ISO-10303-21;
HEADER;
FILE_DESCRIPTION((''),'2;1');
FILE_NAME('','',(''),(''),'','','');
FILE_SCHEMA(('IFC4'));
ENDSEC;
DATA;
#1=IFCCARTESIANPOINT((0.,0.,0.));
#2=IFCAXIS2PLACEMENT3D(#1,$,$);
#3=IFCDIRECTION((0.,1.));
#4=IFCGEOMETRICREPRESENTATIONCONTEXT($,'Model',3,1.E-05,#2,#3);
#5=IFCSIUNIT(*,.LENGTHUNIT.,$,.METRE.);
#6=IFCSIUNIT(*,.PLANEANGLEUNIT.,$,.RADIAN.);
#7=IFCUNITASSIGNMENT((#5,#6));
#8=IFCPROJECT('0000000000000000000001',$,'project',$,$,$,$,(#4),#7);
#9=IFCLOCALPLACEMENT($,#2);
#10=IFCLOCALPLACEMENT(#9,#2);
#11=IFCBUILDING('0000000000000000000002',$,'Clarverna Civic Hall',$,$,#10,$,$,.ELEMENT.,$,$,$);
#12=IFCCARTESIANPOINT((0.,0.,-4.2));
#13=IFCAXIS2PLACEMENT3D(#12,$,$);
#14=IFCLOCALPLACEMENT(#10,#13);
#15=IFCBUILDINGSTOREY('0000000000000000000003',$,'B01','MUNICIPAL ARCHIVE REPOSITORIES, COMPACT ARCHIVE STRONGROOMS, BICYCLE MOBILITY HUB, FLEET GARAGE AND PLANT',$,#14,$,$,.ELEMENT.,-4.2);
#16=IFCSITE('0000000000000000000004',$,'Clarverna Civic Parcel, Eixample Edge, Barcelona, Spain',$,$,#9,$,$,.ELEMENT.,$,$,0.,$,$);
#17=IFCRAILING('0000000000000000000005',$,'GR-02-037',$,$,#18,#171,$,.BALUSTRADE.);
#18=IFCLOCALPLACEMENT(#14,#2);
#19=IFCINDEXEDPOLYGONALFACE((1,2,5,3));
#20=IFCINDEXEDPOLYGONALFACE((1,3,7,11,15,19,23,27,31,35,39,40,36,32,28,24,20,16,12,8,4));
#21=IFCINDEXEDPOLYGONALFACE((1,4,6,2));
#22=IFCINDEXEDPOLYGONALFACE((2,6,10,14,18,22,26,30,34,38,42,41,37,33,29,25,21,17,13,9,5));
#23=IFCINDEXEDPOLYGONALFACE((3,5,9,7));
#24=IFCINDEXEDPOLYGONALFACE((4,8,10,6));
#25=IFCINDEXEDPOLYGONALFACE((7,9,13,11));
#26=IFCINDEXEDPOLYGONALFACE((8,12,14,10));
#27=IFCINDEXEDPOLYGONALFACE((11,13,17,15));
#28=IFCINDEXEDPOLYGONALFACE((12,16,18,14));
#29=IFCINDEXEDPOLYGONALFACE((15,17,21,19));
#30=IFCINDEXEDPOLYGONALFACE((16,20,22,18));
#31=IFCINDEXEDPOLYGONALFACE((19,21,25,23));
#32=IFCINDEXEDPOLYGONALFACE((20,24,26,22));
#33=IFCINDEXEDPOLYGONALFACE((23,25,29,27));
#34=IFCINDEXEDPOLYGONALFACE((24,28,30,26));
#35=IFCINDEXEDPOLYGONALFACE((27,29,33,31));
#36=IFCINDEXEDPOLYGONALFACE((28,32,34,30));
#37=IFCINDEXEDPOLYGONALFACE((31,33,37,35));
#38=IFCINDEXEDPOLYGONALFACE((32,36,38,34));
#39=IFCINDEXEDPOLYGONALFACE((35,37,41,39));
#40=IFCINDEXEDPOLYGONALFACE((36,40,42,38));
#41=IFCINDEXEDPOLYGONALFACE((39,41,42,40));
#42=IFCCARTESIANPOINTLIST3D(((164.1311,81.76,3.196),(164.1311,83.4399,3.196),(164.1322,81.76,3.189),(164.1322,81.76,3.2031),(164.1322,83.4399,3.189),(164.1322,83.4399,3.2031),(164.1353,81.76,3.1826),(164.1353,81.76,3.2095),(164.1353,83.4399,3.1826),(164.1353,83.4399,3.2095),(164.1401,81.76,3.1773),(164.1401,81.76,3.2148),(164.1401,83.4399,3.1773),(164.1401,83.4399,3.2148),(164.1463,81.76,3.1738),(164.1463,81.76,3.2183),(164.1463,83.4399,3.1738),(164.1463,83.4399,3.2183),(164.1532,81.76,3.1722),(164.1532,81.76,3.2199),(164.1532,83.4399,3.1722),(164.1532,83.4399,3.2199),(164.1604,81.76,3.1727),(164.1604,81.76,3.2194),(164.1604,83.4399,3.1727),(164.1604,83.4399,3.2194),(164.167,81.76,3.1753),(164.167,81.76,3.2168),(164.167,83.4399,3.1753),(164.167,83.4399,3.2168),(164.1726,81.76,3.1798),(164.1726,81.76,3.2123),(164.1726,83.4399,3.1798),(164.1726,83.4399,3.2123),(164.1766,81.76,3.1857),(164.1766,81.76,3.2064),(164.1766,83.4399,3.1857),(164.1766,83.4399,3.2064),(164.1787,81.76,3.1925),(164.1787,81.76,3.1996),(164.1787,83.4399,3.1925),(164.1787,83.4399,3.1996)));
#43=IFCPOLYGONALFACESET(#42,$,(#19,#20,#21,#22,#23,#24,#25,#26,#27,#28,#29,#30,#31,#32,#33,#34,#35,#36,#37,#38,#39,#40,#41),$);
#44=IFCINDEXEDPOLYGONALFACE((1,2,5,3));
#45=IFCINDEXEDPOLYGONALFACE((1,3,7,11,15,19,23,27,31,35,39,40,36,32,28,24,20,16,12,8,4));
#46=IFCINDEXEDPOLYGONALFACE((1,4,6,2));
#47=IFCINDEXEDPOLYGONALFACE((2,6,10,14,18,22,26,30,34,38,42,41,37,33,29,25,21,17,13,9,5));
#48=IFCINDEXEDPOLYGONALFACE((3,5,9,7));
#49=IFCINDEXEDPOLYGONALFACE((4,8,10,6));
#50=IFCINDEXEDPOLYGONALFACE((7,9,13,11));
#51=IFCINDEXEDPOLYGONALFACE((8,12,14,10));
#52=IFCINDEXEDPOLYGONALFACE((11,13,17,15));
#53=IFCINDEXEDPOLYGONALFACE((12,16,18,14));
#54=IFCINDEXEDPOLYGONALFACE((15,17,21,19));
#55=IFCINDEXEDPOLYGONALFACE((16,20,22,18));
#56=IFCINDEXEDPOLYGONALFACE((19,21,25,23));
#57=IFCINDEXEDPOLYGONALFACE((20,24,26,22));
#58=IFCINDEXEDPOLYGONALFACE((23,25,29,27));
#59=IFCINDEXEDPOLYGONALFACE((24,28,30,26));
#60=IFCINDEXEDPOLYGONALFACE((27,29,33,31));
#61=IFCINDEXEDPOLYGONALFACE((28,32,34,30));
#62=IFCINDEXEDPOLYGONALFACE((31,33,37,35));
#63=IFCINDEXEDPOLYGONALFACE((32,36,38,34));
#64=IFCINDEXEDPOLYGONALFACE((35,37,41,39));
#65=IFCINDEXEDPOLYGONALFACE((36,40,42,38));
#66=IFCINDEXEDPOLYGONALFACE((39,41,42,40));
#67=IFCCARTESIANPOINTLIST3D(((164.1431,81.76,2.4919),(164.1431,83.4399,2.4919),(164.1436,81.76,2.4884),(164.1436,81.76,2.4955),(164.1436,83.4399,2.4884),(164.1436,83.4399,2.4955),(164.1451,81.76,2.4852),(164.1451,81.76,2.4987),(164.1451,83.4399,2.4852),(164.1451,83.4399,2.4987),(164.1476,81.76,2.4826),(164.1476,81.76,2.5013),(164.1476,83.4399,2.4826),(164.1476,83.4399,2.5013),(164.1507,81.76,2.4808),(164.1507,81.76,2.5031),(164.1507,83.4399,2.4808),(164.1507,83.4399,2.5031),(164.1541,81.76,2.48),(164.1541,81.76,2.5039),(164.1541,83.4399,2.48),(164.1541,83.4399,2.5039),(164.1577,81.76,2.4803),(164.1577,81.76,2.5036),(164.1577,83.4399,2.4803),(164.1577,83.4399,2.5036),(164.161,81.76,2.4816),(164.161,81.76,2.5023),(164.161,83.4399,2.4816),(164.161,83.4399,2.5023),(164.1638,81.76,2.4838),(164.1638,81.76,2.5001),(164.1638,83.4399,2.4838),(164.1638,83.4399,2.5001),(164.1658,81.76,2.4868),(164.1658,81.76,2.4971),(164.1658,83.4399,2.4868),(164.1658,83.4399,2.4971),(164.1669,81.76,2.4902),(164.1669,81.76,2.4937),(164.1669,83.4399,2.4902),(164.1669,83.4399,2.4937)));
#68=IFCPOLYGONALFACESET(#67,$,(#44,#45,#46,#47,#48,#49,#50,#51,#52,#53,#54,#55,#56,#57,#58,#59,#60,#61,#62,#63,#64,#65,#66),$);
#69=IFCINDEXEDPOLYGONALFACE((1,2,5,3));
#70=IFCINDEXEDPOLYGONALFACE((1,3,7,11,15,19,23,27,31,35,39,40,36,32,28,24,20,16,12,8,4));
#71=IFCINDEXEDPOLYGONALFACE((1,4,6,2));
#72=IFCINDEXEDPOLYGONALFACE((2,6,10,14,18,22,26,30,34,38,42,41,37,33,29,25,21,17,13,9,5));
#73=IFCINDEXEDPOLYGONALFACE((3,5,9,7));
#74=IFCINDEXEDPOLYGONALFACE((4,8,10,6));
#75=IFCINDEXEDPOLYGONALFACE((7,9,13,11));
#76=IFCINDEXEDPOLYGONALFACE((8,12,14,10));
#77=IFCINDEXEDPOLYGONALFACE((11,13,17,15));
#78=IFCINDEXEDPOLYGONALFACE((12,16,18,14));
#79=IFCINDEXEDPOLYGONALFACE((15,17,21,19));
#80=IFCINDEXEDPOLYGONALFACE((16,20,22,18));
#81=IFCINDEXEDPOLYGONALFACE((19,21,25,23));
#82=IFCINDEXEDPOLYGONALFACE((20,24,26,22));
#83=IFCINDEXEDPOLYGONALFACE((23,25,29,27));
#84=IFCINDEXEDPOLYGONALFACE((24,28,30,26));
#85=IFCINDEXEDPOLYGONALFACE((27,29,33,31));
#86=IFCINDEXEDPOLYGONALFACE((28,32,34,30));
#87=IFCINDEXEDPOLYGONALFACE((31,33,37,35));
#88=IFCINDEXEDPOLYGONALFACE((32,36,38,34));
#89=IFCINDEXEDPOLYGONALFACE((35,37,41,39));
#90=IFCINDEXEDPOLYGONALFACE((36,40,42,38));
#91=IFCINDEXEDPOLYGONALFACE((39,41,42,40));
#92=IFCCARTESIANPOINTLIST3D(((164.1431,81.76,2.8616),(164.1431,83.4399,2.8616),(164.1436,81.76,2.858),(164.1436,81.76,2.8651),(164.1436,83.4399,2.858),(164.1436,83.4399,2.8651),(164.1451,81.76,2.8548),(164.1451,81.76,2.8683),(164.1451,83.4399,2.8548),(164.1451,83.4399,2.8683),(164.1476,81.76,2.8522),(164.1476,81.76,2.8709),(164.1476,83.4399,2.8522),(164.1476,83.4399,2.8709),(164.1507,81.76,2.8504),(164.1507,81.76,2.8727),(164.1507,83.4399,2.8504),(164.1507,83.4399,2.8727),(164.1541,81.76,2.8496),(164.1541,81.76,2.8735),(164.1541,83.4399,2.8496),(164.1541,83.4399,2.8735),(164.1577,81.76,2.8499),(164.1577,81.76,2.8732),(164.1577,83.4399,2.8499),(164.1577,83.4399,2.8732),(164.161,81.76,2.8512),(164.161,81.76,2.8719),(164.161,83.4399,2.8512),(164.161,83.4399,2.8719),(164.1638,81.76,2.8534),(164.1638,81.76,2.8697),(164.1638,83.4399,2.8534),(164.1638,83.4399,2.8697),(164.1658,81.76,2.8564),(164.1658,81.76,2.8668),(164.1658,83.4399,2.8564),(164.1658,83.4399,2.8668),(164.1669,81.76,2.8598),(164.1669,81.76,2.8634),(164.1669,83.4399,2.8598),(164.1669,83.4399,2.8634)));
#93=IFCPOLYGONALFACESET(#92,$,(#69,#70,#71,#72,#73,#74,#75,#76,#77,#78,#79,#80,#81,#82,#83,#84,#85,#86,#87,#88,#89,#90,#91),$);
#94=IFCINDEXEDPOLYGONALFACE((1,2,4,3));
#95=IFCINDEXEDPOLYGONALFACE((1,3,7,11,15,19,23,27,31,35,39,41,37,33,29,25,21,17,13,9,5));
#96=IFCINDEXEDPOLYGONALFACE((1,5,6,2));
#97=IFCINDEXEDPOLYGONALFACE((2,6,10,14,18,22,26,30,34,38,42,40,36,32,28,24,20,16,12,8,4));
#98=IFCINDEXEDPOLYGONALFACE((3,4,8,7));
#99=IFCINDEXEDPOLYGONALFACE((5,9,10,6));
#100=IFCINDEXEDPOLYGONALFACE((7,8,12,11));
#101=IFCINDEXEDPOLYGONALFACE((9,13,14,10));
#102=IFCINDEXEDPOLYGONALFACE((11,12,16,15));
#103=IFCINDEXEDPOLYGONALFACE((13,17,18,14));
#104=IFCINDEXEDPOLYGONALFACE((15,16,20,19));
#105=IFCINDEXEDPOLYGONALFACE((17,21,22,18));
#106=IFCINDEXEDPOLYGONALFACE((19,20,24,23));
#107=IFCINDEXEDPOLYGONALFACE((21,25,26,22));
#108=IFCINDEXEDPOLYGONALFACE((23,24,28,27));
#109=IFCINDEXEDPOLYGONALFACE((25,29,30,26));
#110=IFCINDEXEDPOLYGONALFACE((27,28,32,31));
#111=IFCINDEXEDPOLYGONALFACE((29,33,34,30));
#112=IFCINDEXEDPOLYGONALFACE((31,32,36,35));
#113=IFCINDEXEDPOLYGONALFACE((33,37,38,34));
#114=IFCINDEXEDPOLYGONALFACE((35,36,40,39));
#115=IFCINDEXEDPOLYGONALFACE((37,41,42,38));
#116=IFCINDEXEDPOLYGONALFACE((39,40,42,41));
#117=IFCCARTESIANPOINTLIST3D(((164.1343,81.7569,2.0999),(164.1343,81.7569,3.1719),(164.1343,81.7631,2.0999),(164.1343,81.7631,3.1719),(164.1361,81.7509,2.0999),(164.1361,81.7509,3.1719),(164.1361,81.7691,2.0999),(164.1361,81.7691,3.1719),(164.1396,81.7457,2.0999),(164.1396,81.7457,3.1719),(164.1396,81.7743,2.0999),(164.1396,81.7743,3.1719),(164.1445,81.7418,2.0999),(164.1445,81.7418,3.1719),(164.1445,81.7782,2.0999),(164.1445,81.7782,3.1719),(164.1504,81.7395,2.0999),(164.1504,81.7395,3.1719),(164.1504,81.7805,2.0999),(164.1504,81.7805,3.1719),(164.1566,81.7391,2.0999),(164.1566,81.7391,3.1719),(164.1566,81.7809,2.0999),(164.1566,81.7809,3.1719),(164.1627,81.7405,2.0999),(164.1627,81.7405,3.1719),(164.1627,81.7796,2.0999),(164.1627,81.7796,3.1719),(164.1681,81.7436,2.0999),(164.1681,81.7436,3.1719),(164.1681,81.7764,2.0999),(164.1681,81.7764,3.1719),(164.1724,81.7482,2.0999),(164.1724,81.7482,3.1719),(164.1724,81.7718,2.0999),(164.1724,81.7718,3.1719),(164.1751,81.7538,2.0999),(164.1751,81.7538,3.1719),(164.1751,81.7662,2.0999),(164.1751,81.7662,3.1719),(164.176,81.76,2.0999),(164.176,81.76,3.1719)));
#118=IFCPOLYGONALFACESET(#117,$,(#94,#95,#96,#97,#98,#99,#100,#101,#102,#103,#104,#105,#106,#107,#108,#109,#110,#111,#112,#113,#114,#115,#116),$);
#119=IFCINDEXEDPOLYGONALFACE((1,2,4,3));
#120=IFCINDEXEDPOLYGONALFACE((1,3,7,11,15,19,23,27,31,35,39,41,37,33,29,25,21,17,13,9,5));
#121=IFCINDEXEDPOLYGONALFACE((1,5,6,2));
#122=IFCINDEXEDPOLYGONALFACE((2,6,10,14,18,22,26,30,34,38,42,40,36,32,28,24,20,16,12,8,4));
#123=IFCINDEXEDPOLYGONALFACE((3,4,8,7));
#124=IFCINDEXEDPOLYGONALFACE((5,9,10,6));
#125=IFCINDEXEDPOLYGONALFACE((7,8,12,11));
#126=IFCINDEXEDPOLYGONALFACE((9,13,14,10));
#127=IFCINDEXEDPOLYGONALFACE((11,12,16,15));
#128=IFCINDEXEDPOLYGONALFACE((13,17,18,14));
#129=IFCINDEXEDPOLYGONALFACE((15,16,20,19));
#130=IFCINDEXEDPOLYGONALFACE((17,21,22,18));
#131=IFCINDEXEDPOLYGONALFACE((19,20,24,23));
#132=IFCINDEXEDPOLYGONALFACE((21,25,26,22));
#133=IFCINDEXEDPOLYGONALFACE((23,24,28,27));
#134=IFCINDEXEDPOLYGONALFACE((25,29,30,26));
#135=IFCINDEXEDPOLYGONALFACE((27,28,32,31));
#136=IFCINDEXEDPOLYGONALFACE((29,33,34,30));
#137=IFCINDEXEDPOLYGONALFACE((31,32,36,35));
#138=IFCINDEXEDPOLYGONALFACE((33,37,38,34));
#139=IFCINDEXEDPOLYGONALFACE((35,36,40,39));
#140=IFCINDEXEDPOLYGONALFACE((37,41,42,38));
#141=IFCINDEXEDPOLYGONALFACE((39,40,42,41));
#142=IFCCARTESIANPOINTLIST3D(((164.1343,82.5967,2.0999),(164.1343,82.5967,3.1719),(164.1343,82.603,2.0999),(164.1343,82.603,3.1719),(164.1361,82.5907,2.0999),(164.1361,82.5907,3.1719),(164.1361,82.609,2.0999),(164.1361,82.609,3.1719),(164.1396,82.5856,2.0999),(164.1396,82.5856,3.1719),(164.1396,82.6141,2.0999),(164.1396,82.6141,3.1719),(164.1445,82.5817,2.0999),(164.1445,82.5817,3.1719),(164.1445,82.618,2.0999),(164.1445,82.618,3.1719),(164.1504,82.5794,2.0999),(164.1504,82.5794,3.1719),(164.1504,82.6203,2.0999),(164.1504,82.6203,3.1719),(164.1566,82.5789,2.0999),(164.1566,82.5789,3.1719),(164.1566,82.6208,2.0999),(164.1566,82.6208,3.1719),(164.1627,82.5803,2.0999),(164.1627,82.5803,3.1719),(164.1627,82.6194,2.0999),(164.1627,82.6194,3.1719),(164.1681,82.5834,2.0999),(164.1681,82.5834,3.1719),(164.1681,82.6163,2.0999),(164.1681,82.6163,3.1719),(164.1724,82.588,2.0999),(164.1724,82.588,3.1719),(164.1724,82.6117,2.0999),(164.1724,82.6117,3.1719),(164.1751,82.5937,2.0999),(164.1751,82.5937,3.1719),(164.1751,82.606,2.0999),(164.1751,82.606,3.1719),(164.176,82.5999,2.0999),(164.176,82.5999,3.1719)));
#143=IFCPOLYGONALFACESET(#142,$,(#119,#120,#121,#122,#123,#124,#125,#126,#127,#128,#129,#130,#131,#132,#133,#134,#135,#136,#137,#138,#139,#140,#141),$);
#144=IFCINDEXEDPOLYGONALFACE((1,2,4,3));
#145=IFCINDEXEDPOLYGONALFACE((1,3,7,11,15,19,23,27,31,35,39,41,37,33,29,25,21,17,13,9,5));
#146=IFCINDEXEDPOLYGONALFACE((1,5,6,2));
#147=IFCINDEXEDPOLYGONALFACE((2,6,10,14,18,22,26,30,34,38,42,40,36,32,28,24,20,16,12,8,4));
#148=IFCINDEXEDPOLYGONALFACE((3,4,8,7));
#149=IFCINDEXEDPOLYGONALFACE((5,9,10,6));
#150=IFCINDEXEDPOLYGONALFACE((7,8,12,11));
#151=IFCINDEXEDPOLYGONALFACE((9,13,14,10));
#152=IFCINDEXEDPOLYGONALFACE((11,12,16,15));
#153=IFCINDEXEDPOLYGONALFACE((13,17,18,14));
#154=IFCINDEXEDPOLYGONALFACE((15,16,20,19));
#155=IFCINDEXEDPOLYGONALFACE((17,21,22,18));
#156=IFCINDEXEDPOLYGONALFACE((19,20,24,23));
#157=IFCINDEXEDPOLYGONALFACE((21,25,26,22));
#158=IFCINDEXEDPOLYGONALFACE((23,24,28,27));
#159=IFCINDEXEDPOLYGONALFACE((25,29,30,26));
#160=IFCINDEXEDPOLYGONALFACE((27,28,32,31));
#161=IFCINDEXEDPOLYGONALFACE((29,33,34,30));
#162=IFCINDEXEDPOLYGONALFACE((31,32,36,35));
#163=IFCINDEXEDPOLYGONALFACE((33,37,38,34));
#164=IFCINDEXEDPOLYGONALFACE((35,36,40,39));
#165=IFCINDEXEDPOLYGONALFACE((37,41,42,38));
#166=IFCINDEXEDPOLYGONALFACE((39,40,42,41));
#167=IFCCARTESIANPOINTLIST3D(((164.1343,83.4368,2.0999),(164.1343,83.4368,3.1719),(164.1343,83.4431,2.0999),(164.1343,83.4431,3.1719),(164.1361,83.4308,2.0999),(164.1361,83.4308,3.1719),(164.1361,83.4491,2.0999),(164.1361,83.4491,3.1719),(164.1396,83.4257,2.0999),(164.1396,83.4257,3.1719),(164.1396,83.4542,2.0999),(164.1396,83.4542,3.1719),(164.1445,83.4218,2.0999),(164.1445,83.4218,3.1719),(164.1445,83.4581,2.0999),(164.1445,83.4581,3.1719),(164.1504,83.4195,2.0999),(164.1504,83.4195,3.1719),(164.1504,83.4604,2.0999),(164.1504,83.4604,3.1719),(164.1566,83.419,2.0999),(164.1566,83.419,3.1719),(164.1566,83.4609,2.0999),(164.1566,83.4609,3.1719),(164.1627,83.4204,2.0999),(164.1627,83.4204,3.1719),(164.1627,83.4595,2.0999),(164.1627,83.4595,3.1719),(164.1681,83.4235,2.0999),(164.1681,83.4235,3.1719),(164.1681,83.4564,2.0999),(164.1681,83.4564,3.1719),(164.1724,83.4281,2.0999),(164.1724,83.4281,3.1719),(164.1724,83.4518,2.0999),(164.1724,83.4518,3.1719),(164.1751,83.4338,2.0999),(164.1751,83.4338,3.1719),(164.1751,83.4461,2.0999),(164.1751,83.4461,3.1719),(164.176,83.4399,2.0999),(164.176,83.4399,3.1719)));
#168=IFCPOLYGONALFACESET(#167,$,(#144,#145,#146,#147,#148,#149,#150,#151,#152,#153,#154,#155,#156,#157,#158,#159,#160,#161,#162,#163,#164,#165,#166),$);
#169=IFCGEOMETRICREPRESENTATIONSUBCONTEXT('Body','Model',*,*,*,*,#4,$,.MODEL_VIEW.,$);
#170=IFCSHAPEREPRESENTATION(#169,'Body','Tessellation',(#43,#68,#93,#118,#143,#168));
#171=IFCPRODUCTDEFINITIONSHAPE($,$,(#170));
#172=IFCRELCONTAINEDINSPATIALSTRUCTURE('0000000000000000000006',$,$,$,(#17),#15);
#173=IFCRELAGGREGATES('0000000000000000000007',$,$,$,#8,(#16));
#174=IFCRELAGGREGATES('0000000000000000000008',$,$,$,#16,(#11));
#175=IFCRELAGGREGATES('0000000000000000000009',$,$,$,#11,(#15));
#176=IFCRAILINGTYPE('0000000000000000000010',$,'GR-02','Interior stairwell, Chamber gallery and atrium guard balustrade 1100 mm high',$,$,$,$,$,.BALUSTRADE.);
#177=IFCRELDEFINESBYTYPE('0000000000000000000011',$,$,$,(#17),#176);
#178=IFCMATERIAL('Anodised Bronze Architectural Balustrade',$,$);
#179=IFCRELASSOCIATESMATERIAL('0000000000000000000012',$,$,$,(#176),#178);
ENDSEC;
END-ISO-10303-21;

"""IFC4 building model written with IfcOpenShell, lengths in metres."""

from ifc_helpers import new_model, si_unit, direction, frame, origin, origin_2d, place, context, subcontext, project, spatial, circle, extrude, material, type_object, element, save


model = new_model("IFC4")

# Units and contexts
model_context = context("Model", 3, precision=1e-05, world=origin(), true_north=direction((0.0, 1.0)))
body_context = subcontext(model_context, "Body", "Model", "MODEL_VIEW")
ifc_project = project(units=[si_unit("LENGTHUNIT", "METRE"), si_unit("PLANEANGLEUNIT", "RADIAN")], contexts=[model_context])

# Site, building, storey
site_placement = place(None, origin())
site = spatial("IfcSite", under=ifc_project, at=site_placement, Name="Clarverna Civic Parcel, Eixample Edge, Barcelona, Spain", CompositionType="ELEMENT", RefElevation=0.0)
building_placement = place(site_placement, origin())
building = spatial("IfcBuilding", under=site, at=building_placement, Name="Clarverna Civic Hall", CompositionType="ELEMENT")
storey_placement = place(building_placement, frame((0.0, 0.0, -4.2)))
storey = spatial("IfcBuildingStorey", under=building, at=storey_placement, Name="B01", Description="MUNICIPAL ARCHIVE REPOSITORIES, COMPACT ARCHIVE STRONGROOMS, BICYCLE MOBILITY HUB, FLEET GARAGE AND PLANT", CompositionType="ELEMENT", Elevation=-4.2)

# Railing
ifc_material_1 = material(Name="Anodised Bronze Architectural Balustrade")
railing_type_1 = type_object("IfcRailingType", Name="GR-02", Description="Interior stairwell, Chamber gallery and atrium guard balustrade 1100 mm high", PredefinedType="BALUSTRADE", material=ifc_material_1)
railing_1_placement = place(storey_placement, frame((164.155, 81.76, 2.0999)))
element("IfcRailing", 1, at=railing_1_placement, inside=storey, type_object=railing_type_1, Name="GR-02-037", PredefinedType="BALUSTRADE", context=body_context, shape_type="SweptSolid", body=[
    extrude(circle(Radius=0.0239, at=origin_2d()), frame((0.0, 0.0, 1.0962), z_axis=(0.0, 1.0, 0.0), x_axis=(-1.0, 0.0, 0.0)), (0.0, 0.0, 1.0), 1.6799),
    extrude(circle(Radius=0.012, at=origin_2d()), frame((0.0, 0.0, 0.3921), z_axis=(0.0, 1.0, 0.0), x_axis=(-1.0, 0.0, 0.0)), (0.0, 0.0, 1.0), 1.6799),
    extrude(circle(Radius=0.012, at=origin_2d()), frame((0.0, 0.0, 0.7617), z_axis=(0.0, 1.0, 0.0), x_axis=(-1.0, 0.0, 0.0)), (0.0, 0.0, 1.0), 1.6799),
    extrude(circle(Radius=0.021, at=origin_2d()), origin(), (0.0, 0.0, 1.0), 1.072),
    extrude(circle(Radius=0.021, at=origin_2d()), frame((0.0, 0.8398, 0.0)), (0.0, 0.0, 1.0), 1.072),
    extrude(circle(Radius=0.021, at=origin_2d()), frame((0.0, 1.6799, 0.0)), (0.0, 0.0, 1.0), 1.072),
])

save(model, "model.ifc")
